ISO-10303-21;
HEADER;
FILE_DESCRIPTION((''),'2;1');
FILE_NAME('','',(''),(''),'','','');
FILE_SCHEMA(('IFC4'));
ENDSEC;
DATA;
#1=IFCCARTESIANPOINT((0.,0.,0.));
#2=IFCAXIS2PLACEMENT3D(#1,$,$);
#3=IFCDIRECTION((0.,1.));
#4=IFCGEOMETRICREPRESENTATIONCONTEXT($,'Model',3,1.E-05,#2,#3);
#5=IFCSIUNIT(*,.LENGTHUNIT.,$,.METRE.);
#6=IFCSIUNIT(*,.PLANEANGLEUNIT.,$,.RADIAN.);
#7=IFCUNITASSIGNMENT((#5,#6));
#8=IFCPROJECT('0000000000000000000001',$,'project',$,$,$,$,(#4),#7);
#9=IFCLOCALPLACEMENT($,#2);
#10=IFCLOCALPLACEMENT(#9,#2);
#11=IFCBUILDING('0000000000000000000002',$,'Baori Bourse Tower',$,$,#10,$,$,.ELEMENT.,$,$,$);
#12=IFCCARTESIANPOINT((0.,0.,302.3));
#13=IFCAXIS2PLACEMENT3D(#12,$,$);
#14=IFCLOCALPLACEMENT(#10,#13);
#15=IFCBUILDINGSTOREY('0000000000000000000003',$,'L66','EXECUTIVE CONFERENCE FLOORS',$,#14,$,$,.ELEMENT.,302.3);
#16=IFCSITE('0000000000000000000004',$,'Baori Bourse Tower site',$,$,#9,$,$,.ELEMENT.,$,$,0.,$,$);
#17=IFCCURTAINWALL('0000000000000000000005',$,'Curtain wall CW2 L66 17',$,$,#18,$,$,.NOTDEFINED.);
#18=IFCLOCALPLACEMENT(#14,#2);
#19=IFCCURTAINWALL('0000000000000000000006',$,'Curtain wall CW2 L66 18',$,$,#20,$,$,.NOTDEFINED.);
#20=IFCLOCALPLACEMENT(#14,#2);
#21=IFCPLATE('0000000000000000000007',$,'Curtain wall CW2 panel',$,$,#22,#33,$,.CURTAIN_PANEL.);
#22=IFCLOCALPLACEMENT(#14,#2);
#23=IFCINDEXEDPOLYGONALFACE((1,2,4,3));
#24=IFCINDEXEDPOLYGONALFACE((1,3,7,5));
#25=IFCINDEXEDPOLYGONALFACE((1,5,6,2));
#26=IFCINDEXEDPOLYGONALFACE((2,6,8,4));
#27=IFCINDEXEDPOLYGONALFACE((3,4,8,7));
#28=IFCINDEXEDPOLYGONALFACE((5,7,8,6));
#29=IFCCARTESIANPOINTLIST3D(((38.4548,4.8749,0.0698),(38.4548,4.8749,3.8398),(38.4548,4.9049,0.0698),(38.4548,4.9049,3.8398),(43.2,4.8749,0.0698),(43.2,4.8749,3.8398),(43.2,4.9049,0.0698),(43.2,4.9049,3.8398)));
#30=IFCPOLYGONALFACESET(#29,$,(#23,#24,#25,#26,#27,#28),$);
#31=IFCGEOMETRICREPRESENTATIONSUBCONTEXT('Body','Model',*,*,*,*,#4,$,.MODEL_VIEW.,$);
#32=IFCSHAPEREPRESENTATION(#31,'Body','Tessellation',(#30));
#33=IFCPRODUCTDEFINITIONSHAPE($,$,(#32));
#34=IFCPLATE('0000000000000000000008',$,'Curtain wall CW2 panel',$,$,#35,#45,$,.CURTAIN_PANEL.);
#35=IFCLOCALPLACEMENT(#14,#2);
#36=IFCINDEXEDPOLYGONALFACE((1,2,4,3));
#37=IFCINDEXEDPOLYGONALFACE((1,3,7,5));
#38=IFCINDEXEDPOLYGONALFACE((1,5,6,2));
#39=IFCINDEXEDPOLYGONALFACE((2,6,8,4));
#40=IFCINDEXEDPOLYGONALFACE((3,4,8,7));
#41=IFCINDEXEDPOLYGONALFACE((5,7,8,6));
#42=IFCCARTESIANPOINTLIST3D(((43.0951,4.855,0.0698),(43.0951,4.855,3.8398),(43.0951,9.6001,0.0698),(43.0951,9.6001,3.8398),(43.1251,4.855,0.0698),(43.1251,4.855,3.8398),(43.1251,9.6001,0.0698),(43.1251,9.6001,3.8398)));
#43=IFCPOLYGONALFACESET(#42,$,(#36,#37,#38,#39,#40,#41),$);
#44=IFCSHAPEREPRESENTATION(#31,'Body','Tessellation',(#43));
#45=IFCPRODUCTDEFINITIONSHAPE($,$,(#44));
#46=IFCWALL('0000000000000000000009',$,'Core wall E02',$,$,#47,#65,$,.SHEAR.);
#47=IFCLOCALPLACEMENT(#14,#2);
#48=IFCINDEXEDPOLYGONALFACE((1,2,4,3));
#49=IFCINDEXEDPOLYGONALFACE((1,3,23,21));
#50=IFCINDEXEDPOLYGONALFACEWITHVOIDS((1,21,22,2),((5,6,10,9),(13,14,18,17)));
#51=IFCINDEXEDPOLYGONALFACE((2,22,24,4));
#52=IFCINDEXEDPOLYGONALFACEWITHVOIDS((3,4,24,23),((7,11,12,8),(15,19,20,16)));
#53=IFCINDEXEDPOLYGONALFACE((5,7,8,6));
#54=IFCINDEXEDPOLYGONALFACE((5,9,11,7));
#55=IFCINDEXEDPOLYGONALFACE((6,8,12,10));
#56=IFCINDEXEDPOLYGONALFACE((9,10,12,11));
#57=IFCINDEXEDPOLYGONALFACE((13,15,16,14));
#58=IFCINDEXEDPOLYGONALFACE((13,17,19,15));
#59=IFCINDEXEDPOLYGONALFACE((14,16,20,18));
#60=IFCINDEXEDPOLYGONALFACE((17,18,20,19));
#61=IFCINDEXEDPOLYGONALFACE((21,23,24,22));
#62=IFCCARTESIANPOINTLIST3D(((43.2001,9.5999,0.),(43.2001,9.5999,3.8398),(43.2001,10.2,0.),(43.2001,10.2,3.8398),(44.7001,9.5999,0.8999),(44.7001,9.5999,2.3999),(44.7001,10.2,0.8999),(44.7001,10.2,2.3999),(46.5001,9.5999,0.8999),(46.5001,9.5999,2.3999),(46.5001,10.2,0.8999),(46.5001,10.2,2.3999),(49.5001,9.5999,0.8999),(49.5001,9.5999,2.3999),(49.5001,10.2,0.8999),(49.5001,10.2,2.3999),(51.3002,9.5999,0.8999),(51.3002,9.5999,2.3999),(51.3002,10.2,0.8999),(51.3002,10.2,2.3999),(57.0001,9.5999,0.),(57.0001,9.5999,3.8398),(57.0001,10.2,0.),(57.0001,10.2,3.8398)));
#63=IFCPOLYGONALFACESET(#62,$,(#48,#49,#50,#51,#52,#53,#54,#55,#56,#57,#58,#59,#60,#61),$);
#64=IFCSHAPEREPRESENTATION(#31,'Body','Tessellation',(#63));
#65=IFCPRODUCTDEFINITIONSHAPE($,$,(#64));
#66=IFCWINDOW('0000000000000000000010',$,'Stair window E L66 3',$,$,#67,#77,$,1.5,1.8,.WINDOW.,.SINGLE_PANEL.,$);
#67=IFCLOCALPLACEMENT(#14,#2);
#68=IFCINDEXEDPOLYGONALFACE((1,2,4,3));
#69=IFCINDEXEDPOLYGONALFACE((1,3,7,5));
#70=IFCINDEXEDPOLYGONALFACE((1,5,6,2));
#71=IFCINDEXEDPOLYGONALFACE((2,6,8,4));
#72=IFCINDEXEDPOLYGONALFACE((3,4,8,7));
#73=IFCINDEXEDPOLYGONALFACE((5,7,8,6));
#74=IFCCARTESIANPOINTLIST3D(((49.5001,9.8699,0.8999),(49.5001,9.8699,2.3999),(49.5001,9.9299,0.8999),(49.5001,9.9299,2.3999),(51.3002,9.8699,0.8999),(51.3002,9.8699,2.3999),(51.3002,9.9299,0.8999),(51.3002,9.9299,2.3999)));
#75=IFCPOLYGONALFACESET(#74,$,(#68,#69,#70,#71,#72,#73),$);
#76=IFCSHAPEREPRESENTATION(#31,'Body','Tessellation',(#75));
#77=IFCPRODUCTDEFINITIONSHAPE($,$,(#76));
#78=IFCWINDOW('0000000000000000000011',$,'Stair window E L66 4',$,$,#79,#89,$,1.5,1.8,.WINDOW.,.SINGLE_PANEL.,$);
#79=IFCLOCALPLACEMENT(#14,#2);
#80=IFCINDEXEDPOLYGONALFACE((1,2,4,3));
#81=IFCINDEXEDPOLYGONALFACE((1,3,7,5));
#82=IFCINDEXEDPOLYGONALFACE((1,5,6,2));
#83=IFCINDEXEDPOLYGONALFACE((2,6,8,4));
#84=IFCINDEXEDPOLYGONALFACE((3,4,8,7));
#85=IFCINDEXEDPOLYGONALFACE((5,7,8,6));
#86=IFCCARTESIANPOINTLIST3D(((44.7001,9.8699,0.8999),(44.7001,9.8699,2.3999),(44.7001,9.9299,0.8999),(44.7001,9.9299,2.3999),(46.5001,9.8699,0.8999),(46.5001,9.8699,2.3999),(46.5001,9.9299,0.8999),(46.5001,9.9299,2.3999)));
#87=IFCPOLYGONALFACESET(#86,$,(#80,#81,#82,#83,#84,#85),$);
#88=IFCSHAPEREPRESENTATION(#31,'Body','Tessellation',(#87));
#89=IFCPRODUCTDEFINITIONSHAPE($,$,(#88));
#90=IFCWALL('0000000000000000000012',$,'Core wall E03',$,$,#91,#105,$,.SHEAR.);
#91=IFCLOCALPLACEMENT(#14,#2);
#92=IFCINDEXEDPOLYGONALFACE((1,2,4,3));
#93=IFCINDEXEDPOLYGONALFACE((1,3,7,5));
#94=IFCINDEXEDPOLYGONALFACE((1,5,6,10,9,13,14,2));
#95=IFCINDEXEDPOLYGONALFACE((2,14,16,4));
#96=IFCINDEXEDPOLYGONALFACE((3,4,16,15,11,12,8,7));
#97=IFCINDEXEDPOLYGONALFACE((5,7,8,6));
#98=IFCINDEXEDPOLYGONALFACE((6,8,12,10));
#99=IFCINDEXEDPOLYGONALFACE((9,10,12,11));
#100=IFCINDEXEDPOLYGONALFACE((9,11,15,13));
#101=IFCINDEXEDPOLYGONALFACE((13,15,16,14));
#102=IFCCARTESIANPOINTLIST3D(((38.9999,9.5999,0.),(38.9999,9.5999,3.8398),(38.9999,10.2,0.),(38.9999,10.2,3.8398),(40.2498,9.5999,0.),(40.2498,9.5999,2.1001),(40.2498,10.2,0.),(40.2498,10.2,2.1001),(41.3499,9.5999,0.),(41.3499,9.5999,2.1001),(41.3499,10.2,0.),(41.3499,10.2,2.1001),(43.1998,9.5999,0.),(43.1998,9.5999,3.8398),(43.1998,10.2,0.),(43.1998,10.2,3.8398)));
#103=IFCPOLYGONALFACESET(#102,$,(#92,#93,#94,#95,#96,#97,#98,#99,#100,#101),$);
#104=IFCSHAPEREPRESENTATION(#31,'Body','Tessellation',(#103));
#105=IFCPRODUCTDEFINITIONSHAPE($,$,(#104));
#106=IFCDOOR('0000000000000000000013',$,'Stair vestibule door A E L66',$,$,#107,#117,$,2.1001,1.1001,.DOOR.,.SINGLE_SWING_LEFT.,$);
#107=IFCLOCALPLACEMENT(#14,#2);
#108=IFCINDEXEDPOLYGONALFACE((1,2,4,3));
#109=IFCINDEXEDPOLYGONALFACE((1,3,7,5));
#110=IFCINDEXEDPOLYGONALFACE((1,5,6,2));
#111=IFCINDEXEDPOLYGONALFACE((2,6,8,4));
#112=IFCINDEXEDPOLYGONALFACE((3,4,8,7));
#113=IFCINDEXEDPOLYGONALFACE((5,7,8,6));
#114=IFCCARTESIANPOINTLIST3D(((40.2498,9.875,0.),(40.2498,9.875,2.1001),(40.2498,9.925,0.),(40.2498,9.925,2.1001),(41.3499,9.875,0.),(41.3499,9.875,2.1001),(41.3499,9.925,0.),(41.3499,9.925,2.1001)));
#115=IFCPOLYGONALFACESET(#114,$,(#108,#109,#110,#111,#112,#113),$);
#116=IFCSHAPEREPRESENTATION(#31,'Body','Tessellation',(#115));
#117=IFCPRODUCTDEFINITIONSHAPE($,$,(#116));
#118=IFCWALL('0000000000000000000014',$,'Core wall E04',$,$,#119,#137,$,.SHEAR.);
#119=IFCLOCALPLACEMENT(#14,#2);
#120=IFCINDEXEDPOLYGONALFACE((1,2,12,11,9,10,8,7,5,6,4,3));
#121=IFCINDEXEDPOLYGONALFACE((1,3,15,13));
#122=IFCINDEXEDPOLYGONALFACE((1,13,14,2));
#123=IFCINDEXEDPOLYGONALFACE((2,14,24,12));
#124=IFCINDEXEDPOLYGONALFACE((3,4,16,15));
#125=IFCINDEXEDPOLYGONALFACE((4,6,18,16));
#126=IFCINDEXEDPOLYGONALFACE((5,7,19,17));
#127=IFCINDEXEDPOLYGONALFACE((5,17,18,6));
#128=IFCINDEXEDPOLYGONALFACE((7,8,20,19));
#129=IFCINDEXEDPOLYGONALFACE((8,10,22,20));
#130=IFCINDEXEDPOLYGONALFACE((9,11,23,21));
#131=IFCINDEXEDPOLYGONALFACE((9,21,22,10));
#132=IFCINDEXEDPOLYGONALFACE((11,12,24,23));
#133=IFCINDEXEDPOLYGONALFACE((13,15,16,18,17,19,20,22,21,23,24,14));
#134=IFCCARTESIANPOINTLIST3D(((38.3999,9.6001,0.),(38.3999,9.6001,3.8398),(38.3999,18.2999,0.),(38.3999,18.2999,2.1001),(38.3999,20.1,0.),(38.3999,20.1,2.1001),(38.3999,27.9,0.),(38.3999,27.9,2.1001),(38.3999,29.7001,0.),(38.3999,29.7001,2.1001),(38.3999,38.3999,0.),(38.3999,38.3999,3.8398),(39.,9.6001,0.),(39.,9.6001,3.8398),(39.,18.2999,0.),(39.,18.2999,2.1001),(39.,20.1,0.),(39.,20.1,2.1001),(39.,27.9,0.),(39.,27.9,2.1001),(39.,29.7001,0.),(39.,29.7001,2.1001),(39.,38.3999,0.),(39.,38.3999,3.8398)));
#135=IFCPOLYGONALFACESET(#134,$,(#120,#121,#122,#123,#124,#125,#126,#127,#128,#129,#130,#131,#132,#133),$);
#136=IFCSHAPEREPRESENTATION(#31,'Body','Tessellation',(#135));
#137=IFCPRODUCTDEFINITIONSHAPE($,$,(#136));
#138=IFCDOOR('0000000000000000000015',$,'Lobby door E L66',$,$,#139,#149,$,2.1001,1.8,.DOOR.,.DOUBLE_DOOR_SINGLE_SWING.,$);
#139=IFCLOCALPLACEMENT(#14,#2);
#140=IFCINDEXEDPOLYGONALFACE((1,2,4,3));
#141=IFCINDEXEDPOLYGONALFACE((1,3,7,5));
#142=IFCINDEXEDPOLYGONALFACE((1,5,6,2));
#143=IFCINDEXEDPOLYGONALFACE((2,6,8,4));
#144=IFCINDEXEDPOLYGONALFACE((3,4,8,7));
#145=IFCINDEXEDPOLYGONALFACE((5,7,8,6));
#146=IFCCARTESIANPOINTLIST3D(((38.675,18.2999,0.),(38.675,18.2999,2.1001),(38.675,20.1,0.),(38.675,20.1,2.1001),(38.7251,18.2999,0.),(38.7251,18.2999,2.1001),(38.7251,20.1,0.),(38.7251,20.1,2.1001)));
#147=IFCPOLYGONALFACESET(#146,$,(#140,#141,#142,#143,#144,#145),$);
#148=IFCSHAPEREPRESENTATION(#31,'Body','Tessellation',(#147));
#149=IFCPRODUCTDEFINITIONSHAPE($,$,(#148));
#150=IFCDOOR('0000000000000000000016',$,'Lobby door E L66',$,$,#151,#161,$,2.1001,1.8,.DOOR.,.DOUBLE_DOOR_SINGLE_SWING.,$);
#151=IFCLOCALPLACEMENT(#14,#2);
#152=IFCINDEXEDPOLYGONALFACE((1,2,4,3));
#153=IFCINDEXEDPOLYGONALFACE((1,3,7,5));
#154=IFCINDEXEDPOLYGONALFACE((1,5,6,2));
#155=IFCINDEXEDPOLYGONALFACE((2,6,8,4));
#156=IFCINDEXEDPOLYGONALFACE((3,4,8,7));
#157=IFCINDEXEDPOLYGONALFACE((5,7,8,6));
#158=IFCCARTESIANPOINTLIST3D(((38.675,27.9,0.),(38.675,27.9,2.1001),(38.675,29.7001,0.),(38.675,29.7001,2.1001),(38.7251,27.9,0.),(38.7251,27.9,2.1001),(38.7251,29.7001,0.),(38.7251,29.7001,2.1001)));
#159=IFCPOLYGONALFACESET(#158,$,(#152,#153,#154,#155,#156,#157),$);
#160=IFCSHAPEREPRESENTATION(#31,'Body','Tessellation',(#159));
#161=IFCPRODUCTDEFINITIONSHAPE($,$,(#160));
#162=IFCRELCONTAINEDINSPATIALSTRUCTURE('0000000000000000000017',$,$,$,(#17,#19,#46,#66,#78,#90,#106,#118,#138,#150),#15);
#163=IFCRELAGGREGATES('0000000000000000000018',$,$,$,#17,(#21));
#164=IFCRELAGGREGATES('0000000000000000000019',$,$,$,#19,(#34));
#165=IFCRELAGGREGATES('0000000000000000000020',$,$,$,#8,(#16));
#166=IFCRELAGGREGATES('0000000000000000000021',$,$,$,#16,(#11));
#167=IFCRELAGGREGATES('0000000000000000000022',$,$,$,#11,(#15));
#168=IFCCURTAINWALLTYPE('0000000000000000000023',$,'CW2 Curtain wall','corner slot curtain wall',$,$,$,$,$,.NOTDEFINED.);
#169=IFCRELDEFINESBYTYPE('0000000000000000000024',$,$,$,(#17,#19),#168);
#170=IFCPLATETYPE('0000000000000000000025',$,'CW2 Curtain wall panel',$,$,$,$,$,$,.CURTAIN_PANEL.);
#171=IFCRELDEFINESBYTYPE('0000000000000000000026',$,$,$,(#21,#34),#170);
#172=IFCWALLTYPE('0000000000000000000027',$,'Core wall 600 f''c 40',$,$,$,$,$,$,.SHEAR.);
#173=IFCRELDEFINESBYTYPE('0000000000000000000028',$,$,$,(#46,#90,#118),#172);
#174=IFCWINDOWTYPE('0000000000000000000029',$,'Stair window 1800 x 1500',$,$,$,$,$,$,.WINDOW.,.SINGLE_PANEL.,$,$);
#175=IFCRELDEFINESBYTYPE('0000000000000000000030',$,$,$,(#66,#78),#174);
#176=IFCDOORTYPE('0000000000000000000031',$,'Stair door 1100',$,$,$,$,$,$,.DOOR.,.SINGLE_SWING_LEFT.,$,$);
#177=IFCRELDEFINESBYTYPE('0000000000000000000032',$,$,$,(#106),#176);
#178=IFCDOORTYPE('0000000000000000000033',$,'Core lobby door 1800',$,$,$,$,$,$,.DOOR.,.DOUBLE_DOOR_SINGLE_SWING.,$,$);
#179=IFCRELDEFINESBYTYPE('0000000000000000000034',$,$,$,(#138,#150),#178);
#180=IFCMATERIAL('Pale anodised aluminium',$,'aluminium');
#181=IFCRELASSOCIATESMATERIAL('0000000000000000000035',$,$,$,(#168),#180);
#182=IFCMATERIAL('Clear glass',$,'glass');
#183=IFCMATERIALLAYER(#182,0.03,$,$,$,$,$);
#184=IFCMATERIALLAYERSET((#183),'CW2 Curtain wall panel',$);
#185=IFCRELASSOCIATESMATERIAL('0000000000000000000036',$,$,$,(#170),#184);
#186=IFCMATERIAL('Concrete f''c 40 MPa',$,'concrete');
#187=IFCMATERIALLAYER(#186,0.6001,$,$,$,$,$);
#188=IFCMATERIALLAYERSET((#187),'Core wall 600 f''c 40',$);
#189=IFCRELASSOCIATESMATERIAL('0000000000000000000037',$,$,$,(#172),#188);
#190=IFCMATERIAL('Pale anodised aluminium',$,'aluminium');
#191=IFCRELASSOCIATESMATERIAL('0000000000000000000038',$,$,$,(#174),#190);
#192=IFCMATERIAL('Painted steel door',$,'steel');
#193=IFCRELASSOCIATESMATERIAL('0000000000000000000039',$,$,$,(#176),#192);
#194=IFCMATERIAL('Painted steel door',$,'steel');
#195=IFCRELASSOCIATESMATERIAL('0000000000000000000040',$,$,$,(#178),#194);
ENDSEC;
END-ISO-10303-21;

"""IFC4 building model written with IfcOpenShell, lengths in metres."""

from ifc_helpers import new_model, si_unit, direction, frame, frame_2d, origin, origin_2d, place, context, subcontext, project, spatial, rectangle, extrude, material, layer, layer_set, type_object, element, fill, aggregate, save


model = new_model("IFC4")

# Units and contexts
model_context = context("Model", 3, precision=1e-05, world=origin(), true_north=direction((0.0, 1.0)))
body_context = subcontext(model_context, "Body", "Model", "MODEL_VIEW")
ifc_project = project(units=[si_unit("LENGTHUNIT", "METRE"), si_unit("PLANEANGLEUNIT", "RADIAN")], contexts=[model_context])

# Site, building, storey
site_placement = place(None, origin())
site = spatial("IfcSite", under=ifc_project, at=site_placement, Name="Baori Bourse Tower site", CompositionType="ELEMENT", RefElevation=0.0)
building_placement = place(site_placement, origin())
building = spatial("IfcBuilding", under=site, at=building_placement, Name="Baori Bourse Tower", CompositionType="ELEMENT")
storey_placement = place(building_placement, frame((0.0, 0.0, 302.3)))
storey = spatial("IfcBuildingStorey", under=building, at=storey_placement, Name="L66", Description="EXECUTIVE CONFERENCE FLOORS", CompositionType="ELEMENT", Elevation=302.3)

# Curtain walls
ifc_material_1 = material(Name="Pale anodised aluminium", Category="aluminium")
curtain_wall_type = type_object("IfcCurtainWallType", Name="CW2 Curtain wall", Description="corner slot curtain wall", PredefinedType="NOTDEFINED", material=ifc_material_1)
curtain_wall_1_placement = place(storey_placement, origin())
curtain_wall_1 = element("IfcCurtainWall", 1, at=curtain_wall_1_placement, inside=storey, type_object=curtain_wall_type, Name="Curtain wall CW2 L66 17", PredefinedType="NOTDEFINED")
curtain_wall_2_placement = place(storey_placement, origin())
curtain_wall_2 = element("IfcCurtainWall", 2, at=curtain_wall_2_placement, inside=storey, type_object=curtain_wall_type, Name="Curtain wall CW2 L66 18", PredefinedType="NOTDEFINED")

# Plates
ifc_material_2 = material(Name="Clear glass", Category="glass")
ifc_layer_1 = layer(ifc_material_2, 0.03)
ifc_layer_set_1 = layer_set([ifc_layer_1], Name="CW2 Curtain wall panel")
plate_type = type_object("IfcPlateType", Name="CW2 Curtain wall panel", PredefinedType="CURTAIN_PANEL", material=ifc_layer_set_1)
plate_1_placement = place(storey_placement, frame((40.8274, 4.8899, 0.0698), z_axis=(0.0, 0.0, 1.0), x_axis=(1.0, 0.0, 0.0)))
plate_1 = element("IfcPlate", 3, at=plate_1_placement, type_object=plate_type, Name="Curtain wall CW2 panel", PredefinedType="CURTAIN_PANEL", context=body_context, shape_type="SweptSolid", body=[
    extrude(rectangle(XDim=4.7451, YDim=0.03, at=origin_2d()), origin(), (0.0, 0.0, 1.0), 3.77),
])
aggregate(curtain_wall_1, [plate_1])
plate_2_placement = place(storey_placement, frame((43.1101, 7.2275, 0.0698), z_axis=(0.0, 0.0, 1.0), x_axis=(0.0, 1.0, 0.0)))
plate_2 = element("IfcPlate", 4, at=plate_2_placement, type_object=plate_type, Name="Curtain wall CW2 panel", PredefinedType="CURTAIN_PANEL", context=body_context, shape_type="SweptSolid", body=[
    extrude(rectangle(XDim=4.7451, YDim=0.03, at=origin_2d()), origin(), (0.0, 0.0, 1.0), 3.77),
])
aggregate(curtain_wall_2, [plate_2])

# Wall, openings, windows
ifc_material_3 = material(Name="Concrete f'c 40 MPa", Category="concrete")
ifc_layer_2 = layer(ifc_material_3, 0.6001)
ifc_layer_set_2 = layer_set([ifc_layer_2], Name="Core wall 600 f'c 40")
wall_type = type_object("IfcWallType", Name="Core wall 600 f'c 40", PredefinedType="SHEAR", material=ifc_layer_set_2)
wall_1_placement = place(storey_placement, frame((57.0, 9.8999, 0.0), z_axis=(0.0, 0.0, 1.0), x_axis=(-1.0, 0.0, 0.0)))
wall_1 = element("IfcWall", 5, at=wall_1_placement, inside=storey, type_object=wall_type, Name="Core wall E02", PredefinedType="SHEAR", context=body_context, shape_type="SweptSolid", body=[
    extrude(rectangle(XDim=13.8, YDim=0.6001, at=frame_2d((6.8999, 0.0))), origin(), (0.0, 0.0, 1.0), 3.8398),
])
opening_1_placement = place(wall_1_placement, frame((5.7, 0.0, 0.8999)))
opening_1 = element("IfcOpeningElement", 6, at=opening_1_placement, cuts=wall_1, PredefinedType="OPENING", context=body_context, shape_type="SweptSolid", body=[
    extrude(rectangle(XDim=1.8, YDim=1.5, at=frame_2d((0.8999, 0.75))), frame((0.0, 0.3101, 0.0), z_axis=(0.0, -1.0, 0.0), x_axis=(1.0, 0.0, 0.0)), (0.0, 0.0, 1.0), 0.6201),
])
opening_2_placement = place(wall_1_placement, frame((10.5, 0.0, 0.8999)))
opening_2 = element("IfcOpeningElement", 7, at=opening_2_placement, cuts=wall_1, PredefinedType="OPENING", context=body_context, shape_type="SweptSolid", body=[
    extrude(rectangle(XDim=1.8, YDim=1.5, at=frame_2d((0.8999, 0.75))), frame((0.0, 0.3101, 0.0), z_axis=(0.0, -1.0, 0.0), x_axis=(1.0, 0.0, 0.0)), (0.0, 0.0, 1.0), 0.6201),
])
ifc_material_4 = material(Name="Pale anodised aluminium", Category="aluminium")
window_type = type_object("IfcWindowType", Name="Stair window 1800 x 1500", PartitioningType="SINGLE_PANEL", PredefinedType="WINDOW", material=ifc_material_4)
window_1_placement = place(opening_1_placement, origin())
window_1 = element("IfcWindow", 8, at=window_1_placement, inside=storey, type_object=window_type, Name="Stair window E L66 3", OverallHeight=1.5, OverallWidth=1.8, PartitioningType="SINGLE_PANEL", PredefinedType="WINDOW", context=body_context, shape_type="SweptSolid", body=[
    extrude(rectangle(XDim=1.8, YDim=1.5, at=frame_2d((0.8999, 0.75))), frame((0.0, 0.03, 0.0), z_axis=(0.0, -1.0, 0.0), x_axis=(1.0, 0.0, 0.0)), (0.0, 0.0, 1.0), 0.0601),
])
fill(opening_1, window_1)
window_2_placement = place(opening_2_placement, origin())
window_2 = element("IfcWindow", 9, at=window_2_placement, inside=storey, type_object=window_type, Name="Stair window E L66 4", OverallHeight=1.5, OverallWidth=1.8, PartitioningType="SINGLE_PANEL", PredefinedType="WINDOW", context=body_context, shape_type="SweptSolid", body=[
    extrude(rectangle(XDim=1.8, YDim=1.5, at=frame_2d((0.8999, 0.75))), frame((0.0, 0.03, 0.0), z_axis=(0.0, -1.0, 0.0), x_axis=(1.0, 0.0, 0.0)), (0.0, 0.0, 1.0), 0.0601),
])
fill(opening_2, window_2)

# Wall, opening, door
wall_2_placement = place(storey_placement, frame((43.2, 9.8999, 0.0), z_axis=(0.0, 0.0, 1.0), x_axis=(-1.0, 0.0, 0.0)))
wall_2 = element("IfcWall", 10, at=wall_2_placement, inside=storey, type_object=wall_type, Name="Core wall E03", PredefinedType="SHEAR", context=body_context, shape_type="SweptSolid", body=[
    extrude(rectangle(XDim=4.2, YDim=0.6001, at=frame_2d((2.1001, 0.0))), origin(), (0.0, 0.0, 1.0), 3.8398),
])
opening_3_placement = place(wall_2_placement, frame((1.8501, 0.0, 0.0)))
opening_3 = element("IfcOpeningElement", 11, at=opening_3_placement, cuts=wall_2, PredefinedType="OPENING", context=body_context, shape_type="SweptSolid", body=[
    extrude(rectangle(XDim=1.1001, YDim=2.1001, at=frame_2d((0.55, 1.05))), frame((0.0, 0.3101, 0.0), z_axis=(0.0, -1.0, 0.0), x_axis=(1.0, 0.0, 0.0)), (0.0, 0.0, 1.0), 0.6201),
])
ifc_material_5 = material(Name="Painted steel door", Category="steel")
door_type_1 = type_object("IfcDoorType", Name="Stair door 1100", OperationType="SINGLE_SWING_LEFT", PredefinedType="DOOR", material=ifc_material_5)
door_1_placement = place(opening_3_placement, origin())
door_1 = element("IfcDoor", 12, at=door_1_placement, inside=storey, type_object=door_type_1, Name="Stair vestibule door A E L66", OperationType="SINGLE_SWING_LEFT", OverallHeight=2.1001, OverallWidth=1.1001, PredefinedType="DOOR", context=body_context, shape_type="SweptSolid", body=[
    extrude(rectangle(XDim=1.1001, YDim=2.1001, at=frame_2d((0.55, 1.05))), frame((0.0, 0.0249, 0.0), z_axis=(0.0, -1.0, 0.0), x_axis=(1.0, 0.0, 0.0)), (0.0, 0.0, 1.0), 0.05),
])
fill(opening_3, door_1)

# Wall, openings, doors
wall_3_placement = place(storey_placement, frame((38.7, 9.6001, 0.0), z_axis=(0.0, 0.0, 1.0), x_axis=(0.0, 1.0, 0.0)))
wall_3 = element("IfcWall", 13, at=wall_3_placement, inside=storey, type_object=wall_type, Name="Core wall E04", PredefinedType="SHEAR", context=body_context, shape_type="SweptSolid", body=[
    extrude(rectangle(XDim=28.7998, YDim=0.6001, at=frame_2d((14.3999, 0.0))), origin(), (0.0, 0.0, 1.0), 3.8398),
])
opening_4_placement = place(wall_3_placement, frame((8.7, 0.0, 0.0)))
opening_4 = element("IfcOpeningElement", 14, at=opening_4_placement, cuts=wall_3, PredefinedType="OPENING", context=body_context, shape_type="SweptSolid", body=[
    extrude(rectangle(XDim=1.8, YDim=2.1001, at=frame_2d((0.8999, 1.05))), frame((0.0, 0.3101, 0.0), z_axis=(0.0, -1.0, 0.0), x_axis=(1.0, 0.0, 0.0)), (0.0, 0.0, 1.0), 0.6201),
])
opening_5_placement = place(wall_3_placement, frame((18.3, 0.0, 0.0)))
opening_5 = element("IfcOpeningElement", 15, at=opening_5_placement, cuts=wall_3, PredefinedType="OPENING", context=body_context, shape_type="SweptSolid", body=[
    extrude(rectangle(XDim=1.8, YDim=2.1001, at=frame_2d((0.8999, 1.05))), frame((0.0, 0.3101, 0.0), z_axis=(0.0, -1.0, 0.0), x_axis=(1.0, 0.0, 0.0)), (0.0, 0.0, 1.0), 0.6201),
])
ifc_material_6 = material(Name="Painted steel door", Category="steel")
door_type_2 = type_object("IfcDoorType", Name="Core lobby door 1800", OperationType="DOUBLE_DOOR_SINGLE_SWING", PredefinedType="DOOR", material=ifc_material_6)
door_2_placement = place(opening_4_placement, origin())
door_2 = element("IfcDoor", 16, at=door_2_placement, inside=storey, type_object=door_type_2, Name="Lobby door E L66", OperationType="DOUBLE_DOOR_SINGLE_SWING", OverallHeight=2.1001, OverallWidth=1.8, PredefinedType="DOOR", context=body_context, shape_type="SweptSolid", body=[
    extrude(rectangle(XDim=1.8, YDim=2.1001, at=frame_2d((0.8999, 1.05))), frame((0.0, 0.0249, 0.0), z_axis=(0.0, -1.0, 0.0), x_axis=(1.0, 0.0, 0.0)), (0.0, 0.0, 1.0), 0.05),
])
fill(opening_4, door_2)
door_3_placement = place(opening_5_placement, origin())
door_3 = element("IfcDoor", 17, at=door_3_placement, inside=storey, type_object=door_type_2, Name="Lobby door E L66", OperationType="DOUBLE_DOOR_SINGLE_SWING", OverallHeight=2.1001, OverallWidth=1.8, PredefinedType="DOOR", context=body_context, shape_type="SweptSolid", body=[
    extrude(rectangle(XDim=1.8, YDim=2.1001, at=frame_2d((0.8999, 1.05))), frame((0.0, 0.0249, 0.0), z_axis=(0.0, -1.0, 0.0), x_axis=(1.0, 0.0, 0.0)), (0.0, 0.0, 1.0), 0.05),
])
fill(opening_5, door_3)

save(model, "model.ifc")
